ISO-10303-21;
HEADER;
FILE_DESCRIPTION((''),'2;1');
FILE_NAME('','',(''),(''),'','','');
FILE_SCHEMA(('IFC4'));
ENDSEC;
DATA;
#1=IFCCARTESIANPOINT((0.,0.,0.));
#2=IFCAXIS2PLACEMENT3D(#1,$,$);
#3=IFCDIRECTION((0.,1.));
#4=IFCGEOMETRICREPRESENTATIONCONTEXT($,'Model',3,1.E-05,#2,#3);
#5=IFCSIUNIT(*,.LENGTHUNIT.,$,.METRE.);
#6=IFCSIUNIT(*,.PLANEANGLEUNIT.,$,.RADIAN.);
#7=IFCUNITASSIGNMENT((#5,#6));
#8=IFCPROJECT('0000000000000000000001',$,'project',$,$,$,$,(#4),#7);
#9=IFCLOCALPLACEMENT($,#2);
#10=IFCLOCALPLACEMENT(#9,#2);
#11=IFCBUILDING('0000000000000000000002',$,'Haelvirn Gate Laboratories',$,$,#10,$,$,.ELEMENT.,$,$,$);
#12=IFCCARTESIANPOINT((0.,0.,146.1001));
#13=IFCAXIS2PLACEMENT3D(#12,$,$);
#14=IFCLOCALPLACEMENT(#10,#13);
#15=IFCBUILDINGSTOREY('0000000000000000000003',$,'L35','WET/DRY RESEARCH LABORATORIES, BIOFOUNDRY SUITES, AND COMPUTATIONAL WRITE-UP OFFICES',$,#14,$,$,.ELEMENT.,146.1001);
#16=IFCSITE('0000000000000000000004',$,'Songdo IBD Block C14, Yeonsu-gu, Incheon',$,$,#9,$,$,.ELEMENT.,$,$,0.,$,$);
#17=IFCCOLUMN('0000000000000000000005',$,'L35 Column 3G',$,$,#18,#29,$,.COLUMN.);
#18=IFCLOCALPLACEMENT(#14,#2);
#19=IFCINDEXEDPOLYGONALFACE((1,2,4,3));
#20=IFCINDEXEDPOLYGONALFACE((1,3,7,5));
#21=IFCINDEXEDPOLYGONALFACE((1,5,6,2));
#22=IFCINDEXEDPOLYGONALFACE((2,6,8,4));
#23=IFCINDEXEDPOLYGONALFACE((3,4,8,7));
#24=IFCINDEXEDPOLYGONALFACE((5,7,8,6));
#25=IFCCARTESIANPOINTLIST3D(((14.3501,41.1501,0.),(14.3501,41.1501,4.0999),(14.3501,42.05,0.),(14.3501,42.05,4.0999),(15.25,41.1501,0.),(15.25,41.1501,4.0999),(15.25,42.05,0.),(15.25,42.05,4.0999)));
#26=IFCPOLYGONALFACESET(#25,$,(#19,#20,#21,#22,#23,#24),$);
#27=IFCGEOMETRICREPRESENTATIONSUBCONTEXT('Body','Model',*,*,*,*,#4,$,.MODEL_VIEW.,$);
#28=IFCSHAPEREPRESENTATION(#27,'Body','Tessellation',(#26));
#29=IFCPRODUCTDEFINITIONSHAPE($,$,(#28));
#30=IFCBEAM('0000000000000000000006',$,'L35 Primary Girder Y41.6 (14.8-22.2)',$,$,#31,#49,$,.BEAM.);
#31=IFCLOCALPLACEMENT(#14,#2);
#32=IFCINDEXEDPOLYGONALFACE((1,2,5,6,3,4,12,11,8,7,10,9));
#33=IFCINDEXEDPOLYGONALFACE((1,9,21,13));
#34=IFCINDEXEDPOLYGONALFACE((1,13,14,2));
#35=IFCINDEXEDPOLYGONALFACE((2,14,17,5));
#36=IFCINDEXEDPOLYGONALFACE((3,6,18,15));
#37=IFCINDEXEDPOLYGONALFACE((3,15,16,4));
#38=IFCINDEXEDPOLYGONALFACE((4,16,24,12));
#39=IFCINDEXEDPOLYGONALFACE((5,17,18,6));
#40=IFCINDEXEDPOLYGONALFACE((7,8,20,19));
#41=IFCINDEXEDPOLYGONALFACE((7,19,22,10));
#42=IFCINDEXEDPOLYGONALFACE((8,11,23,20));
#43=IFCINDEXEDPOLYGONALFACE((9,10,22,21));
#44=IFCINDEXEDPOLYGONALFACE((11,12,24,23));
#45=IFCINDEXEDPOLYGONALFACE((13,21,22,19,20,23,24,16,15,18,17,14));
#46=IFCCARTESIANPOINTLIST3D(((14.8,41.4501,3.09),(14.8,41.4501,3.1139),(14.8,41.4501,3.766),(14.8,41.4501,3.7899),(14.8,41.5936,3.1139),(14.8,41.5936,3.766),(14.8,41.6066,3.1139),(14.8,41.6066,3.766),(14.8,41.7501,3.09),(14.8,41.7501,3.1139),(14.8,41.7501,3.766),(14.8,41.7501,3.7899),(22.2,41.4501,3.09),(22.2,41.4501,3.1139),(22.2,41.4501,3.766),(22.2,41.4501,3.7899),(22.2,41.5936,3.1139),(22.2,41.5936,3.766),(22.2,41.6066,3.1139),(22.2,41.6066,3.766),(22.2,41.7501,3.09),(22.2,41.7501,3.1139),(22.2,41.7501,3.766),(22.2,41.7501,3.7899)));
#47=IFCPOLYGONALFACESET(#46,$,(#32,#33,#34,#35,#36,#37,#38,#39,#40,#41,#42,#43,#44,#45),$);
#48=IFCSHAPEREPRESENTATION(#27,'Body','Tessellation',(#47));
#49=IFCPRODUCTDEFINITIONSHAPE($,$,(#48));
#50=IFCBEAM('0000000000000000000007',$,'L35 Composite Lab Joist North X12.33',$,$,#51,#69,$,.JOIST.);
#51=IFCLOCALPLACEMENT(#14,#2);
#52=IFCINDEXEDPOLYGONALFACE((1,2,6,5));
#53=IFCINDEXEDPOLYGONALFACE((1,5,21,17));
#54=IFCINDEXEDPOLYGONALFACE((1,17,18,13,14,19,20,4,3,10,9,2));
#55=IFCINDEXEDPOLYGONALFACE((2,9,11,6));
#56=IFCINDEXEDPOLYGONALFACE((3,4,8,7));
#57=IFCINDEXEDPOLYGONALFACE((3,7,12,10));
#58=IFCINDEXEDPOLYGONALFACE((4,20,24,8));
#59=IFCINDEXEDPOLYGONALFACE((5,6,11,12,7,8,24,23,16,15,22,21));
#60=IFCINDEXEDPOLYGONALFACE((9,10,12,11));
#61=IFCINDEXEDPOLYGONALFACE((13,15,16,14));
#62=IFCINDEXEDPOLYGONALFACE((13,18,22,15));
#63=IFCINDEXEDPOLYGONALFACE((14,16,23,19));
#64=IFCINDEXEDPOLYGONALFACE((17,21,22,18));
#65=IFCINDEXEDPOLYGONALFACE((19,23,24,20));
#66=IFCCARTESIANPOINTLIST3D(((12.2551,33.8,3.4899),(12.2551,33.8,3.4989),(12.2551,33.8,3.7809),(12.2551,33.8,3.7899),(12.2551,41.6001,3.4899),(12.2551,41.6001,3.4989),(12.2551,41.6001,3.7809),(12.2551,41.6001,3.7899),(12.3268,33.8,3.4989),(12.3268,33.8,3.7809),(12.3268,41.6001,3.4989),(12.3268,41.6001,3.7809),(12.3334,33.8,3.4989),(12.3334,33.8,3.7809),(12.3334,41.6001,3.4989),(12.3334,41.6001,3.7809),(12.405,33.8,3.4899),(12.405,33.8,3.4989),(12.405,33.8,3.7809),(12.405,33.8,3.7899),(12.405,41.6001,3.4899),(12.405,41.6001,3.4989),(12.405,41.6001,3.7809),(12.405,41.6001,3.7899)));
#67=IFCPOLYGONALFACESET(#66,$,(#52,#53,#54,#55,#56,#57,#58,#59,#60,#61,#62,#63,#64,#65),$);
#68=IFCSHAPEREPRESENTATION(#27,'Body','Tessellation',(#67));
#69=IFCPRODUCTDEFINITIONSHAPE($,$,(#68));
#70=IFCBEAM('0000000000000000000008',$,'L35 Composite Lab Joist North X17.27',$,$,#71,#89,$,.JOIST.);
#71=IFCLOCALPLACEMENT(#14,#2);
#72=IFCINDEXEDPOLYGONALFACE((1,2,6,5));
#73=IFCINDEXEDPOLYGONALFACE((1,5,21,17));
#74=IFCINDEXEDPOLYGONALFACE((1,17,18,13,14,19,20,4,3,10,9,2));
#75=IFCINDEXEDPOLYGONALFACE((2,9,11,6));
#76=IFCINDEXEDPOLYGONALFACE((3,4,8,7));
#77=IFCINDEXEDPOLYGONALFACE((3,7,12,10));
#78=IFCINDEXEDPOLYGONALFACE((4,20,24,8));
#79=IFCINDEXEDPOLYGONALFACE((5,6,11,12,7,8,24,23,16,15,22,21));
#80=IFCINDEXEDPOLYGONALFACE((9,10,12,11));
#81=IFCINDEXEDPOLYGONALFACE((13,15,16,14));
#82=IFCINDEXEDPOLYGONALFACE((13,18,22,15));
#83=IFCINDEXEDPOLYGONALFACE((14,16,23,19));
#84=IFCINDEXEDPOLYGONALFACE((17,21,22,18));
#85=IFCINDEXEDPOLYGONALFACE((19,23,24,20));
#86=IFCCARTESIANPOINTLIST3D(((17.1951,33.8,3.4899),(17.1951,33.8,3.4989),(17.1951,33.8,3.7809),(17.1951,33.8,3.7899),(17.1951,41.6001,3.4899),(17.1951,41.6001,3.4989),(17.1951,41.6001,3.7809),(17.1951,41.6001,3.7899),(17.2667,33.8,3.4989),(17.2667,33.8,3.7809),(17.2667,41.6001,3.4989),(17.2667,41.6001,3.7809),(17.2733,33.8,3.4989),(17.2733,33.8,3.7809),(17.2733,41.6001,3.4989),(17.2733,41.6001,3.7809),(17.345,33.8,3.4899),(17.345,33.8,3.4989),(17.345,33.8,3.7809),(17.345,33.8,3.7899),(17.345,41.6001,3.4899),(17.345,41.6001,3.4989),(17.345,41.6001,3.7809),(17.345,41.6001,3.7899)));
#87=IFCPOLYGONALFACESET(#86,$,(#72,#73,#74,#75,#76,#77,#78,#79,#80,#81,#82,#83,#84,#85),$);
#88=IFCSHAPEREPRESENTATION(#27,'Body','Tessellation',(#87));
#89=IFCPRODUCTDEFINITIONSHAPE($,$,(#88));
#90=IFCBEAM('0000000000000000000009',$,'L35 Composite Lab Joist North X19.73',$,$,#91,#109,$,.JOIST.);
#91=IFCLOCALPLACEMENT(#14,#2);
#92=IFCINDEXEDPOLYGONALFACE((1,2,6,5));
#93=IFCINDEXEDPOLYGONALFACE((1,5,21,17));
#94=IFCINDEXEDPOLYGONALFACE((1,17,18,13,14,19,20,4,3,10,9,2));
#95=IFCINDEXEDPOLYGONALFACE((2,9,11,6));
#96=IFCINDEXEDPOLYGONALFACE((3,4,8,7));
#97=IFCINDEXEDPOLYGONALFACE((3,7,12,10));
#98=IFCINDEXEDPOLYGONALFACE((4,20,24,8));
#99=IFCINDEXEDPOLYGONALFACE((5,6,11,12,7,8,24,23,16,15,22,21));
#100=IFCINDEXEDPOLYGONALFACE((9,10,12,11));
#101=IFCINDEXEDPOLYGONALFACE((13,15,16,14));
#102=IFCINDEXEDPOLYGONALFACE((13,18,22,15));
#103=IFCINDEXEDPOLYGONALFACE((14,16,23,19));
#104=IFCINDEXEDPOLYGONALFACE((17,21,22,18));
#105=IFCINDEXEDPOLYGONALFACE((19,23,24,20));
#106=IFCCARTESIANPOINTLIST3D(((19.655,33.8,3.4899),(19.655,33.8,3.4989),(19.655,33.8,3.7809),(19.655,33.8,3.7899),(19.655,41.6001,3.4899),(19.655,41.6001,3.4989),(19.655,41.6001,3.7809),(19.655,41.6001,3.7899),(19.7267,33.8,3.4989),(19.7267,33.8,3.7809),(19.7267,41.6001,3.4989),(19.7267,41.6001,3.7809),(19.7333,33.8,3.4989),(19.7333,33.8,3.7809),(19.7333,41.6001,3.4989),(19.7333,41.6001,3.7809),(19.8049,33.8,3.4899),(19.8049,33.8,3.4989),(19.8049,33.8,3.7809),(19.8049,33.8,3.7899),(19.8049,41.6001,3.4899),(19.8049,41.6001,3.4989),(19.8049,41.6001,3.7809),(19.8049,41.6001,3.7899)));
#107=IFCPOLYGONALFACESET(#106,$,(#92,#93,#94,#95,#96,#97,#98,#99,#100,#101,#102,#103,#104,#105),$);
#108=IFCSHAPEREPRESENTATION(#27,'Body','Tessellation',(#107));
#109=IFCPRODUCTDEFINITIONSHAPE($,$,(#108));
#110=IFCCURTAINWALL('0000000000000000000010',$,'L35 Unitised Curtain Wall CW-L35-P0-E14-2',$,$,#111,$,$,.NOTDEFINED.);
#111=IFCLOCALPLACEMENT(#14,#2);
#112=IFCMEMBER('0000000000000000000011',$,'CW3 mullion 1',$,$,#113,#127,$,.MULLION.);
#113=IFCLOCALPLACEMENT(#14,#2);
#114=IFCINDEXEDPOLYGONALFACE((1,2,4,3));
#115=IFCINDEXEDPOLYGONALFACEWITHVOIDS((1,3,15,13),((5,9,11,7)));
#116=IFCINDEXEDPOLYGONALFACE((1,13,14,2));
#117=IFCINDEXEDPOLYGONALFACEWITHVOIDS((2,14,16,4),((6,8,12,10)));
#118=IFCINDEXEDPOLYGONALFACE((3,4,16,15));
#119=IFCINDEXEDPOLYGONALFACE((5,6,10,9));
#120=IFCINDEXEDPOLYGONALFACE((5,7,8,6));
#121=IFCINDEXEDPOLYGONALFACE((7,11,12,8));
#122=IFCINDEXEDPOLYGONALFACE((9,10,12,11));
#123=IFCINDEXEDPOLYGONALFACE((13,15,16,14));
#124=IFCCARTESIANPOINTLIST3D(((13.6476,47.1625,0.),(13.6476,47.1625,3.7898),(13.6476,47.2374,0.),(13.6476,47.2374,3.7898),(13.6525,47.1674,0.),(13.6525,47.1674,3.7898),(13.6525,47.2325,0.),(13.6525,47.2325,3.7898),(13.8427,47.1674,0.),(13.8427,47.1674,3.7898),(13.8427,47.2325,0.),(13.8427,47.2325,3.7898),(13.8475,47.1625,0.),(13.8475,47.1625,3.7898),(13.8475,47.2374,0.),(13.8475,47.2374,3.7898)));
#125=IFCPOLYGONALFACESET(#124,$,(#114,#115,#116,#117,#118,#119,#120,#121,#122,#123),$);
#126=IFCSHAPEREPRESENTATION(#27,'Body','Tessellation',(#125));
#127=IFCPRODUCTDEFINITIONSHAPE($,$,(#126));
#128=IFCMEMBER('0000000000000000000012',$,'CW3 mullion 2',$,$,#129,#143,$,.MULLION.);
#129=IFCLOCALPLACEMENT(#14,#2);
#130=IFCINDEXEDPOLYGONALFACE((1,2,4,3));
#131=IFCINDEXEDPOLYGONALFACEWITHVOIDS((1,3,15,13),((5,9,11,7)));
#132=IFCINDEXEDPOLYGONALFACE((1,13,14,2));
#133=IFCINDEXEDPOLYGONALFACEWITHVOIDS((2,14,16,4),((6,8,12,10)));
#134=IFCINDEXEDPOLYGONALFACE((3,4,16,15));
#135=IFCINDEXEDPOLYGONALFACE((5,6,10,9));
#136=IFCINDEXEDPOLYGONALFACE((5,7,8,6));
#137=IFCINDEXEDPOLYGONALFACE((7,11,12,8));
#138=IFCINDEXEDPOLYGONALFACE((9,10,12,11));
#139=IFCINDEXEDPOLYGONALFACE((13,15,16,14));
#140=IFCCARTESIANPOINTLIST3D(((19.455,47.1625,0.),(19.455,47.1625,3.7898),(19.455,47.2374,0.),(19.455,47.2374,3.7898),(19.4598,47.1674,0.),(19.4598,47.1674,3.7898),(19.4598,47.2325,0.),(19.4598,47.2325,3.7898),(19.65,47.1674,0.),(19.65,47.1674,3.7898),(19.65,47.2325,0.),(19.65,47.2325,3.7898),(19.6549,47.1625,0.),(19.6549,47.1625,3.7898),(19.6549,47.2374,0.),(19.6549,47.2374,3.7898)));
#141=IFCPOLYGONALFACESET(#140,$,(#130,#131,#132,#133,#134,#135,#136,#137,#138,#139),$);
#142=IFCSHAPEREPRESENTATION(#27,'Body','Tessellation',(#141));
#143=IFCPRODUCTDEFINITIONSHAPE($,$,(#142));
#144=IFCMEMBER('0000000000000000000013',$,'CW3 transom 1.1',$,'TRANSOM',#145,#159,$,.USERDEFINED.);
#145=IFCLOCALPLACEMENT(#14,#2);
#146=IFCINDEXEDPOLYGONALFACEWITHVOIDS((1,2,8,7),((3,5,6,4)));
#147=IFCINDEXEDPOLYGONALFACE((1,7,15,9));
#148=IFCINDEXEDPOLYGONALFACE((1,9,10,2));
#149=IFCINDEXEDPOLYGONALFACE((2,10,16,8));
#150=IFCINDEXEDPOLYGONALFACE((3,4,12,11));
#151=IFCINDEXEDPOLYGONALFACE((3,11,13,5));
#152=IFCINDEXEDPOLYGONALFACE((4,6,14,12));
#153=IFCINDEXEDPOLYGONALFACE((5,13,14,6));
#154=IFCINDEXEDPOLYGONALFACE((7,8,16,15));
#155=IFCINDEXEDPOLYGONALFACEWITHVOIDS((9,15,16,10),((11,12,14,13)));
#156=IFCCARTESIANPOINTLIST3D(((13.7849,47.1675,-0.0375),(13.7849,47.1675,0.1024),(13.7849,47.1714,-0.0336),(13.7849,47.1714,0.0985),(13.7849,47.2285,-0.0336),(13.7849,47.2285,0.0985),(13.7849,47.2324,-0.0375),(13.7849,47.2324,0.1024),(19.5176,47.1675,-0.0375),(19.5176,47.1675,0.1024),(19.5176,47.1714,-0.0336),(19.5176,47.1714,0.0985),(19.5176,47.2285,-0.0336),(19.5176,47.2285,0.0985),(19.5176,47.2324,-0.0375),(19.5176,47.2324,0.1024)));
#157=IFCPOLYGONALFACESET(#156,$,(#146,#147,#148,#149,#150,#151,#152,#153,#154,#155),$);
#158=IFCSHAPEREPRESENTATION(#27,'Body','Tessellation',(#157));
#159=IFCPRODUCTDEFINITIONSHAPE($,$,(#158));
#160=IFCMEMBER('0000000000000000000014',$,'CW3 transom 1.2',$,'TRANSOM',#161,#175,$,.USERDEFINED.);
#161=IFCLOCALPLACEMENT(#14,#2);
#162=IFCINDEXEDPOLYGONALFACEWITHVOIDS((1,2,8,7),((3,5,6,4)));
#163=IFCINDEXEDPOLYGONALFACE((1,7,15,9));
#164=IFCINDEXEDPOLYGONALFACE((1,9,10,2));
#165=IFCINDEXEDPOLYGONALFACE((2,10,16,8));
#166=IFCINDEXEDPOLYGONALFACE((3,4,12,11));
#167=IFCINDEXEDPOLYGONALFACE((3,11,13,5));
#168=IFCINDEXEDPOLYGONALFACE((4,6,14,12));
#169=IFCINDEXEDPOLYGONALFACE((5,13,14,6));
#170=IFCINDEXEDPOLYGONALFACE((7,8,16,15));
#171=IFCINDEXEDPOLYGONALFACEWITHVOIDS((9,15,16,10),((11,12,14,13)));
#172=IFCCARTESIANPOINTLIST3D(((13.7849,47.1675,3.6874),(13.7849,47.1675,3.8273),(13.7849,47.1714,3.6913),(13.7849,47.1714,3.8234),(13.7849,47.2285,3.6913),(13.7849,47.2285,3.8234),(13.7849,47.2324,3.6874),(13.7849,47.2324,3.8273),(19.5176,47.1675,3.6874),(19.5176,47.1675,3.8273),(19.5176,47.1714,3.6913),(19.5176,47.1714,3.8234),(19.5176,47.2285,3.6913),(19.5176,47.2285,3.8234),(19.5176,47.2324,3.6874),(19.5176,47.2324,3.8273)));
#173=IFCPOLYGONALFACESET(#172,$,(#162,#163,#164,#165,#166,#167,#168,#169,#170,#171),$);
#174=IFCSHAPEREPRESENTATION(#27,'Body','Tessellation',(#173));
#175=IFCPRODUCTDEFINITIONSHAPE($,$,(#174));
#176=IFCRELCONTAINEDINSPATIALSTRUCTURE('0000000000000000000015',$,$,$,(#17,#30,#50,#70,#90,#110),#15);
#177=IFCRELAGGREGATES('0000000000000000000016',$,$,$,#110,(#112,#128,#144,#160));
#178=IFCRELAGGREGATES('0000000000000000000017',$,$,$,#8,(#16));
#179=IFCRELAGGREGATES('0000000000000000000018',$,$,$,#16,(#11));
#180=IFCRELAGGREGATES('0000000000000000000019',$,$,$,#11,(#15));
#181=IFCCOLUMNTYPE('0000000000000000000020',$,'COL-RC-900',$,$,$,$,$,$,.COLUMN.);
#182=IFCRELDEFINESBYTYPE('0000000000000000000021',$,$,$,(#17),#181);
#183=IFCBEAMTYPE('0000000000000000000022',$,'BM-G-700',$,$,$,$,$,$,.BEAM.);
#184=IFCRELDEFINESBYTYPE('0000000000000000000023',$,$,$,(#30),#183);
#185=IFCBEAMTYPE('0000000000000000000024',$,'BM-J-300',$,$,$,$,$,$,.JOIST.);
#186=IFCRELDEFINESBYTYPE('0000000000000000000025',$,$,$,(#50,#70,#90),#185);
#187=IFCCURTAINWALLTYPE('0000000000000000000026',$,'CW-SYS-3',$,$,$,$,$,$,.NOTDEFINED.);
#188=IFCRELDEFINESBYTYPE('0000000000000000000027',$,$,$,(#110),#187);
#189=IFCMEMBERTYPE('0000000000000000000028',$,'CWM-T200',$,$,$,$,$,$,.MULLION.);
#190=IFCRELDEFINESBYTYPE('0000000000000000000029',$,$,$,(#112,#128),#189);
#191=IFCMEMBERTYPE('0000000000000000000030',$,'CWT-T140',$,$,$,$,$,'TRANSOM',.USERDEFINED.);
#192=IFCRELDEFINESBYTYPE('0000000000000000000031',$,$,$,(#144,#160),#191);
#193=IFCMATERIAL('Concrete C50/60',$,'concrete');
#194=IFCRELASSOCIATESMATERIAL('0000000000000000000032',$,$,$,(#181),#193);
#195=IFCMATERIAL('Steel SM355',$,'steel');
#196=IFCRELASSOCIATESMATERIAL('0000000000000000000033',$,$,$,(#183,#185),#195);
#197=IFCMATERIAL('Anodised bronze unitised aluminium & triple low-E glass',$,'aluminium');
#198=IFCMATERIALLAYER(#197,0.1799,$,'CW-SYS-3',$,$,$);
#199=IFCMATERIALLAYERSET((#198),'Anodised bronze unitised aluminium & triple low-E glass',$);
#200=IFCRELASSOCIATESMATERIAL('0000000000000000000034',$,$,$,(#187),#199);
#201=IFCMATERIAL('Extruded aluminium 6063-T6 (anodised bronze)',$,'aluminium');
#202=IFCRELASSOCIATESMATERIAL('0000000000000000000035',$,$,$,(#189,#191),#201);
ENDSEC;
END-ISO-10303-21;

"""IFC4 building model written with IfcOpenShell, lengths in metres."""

from ifc_helpers import new_model, si_unit, direction, frame, origin, origin_2d, place, context, subcontext, project, spatial, rectangle, hollow_rectangle, i_section, extrude, source, transform, mapped, material, layer, layer_set, material_profile, profile_set, type_object, type_shapes, element, aggregate, save


model = new_model("IFC4")

# Units and contexts
model_context = context("Model", 3, precision=1e-05, world=origin(), true_north=direction((0.0, 1.0)))
body_context = subcontext(model_context, "Body", "Model", "MODEL_VIEW")
ifc_project = project(units=[si_unit("LENGTHUNIT", "METRE"), si_unit("PLANEANGLEUNIT", "RADIAN")], contexts=[model_context])

# Site, building, storey
site_placement = place(None, origin())
site = spatial("IfcSite", under=ifc_project, at=site_placement, Name="Songdo IBD Block C14, Yeonsu-gu, Incheon", CompositionType="ELEMENT", RefElevation=0.0)
building_placement = place(site_placement, origin())
building = spatial("IfcBuilding", under=site, at=building_placement, Name="Haelvirn Gate Laboratories", CompositionType="ELEMENT")
storey_placement = place(building_placement, frame((0.0, 0.0, 146.1001)))
storey = spatial("IfcBuildingStorey", under=building, at=storey_placement, Name="L35", Description="WET/DRY RESEARCH LABORATORIES, BIOFOUNDRY SUITES, AND COMPUTATIONAL WRITE-UP OFFICES", CompositionType="ELEMENT", Elevation=146.1001)

# Column
ifc_material_1 = material(Name="Concrete C50/60", Category="concrete")
ifc_material_profile_1 = material_profile(ifc_material_1, rectangle(XDim=0.8999, YDim=0.8999, at=origin_2d()), Name="RC-900x900")
ifc_profile_set_1 = profile_set([ifc_material_profile_1], Name="Concrete C50/60")
column_type = type_object("IfcColumnType", Name="COL-RC-900", PredefinedType="COLUMN", material=ifc_profile_set_1)
shared_shape_1 = source(origin(), body_context, "Body", "SweptSolid", [
    extrude(rectangle(XDim=0.8999, YDim=0.8999, at=origin_2d()), origin(), (0.0, 0.0, 1.0), 4.0999),
])
type_shapes(column_type, [shared_shape_1])
column_placement = place(storey_placement, frame((14.8, 41.6001, 0.0), z_axis=(0.0, 0.0, 1.0), x_axis=(1.0, 0.0, 0.0)))
element("IfcColumn", 1, at=column_placement, inside=storey, type_object=column_type, Name="L35 Column 3G", PredefinedType="COLUMN", context=body_context, shape_type="MappedRepresentation", body=[
    mapped(shared_shape_1, transform((0.0, 0.0, 0.0), scale=1.0)),
])

# Beams
ifc_material_2 = material(Name="Steel SM355", Category="steel")
ifc_material_profile_2 = material_profile(ifc_material_2, i_section(OverallWidth=0.3, OverallDepth=0.7, WebThickness=0.0129, FlangeThickness=0.0239, at=origin_2d()), Name="H-700x300x13x24")
ifc_profile_set_2 = profile_set([ifc_material_profile_2], Name="Steel SM355")
beam_type_1 = type_object("IfcBeamType", Name="BM-G-700", PredefinedType="BEAM", material=ifc_profile_set_2)
shared_shape_2 = source(origin(), body_context, "Body", "SweptSolid", [
    extrude(i_section(OverallWidth=0.3, OverallDepth=0.7, WebThickness=0.0129, FlangeThickness=0.0239, at=origin_2d()), origin(), (0.0, 0.0, 1.0), 7.3999),
])
type_shapes(beam_type_1, [shared_shape_2])
beam_placement = place(storey_placement, frame((14.8, 41.6001, 3.4399), z_axis=(1.0, 0.0, 0.0), x_axis=(0.0, 1.0, 0.0)))
element("IfcBeam", 2, at=beam_placement, inside=storey, type_object=beam_type_1, Name="L35 Primary Girder Y41.6 (14.8-22.2)", PredefinedType="BEAM", context=body_context, shape_type="MappedRepresentation", body=[
    mapped(shared_shape_2, transform((0.0, 0.0, 0.0), scale=1.0)),
])
ifc_material_profile_3 = material_profile(ifc_material_2, i_section(OverallWidth=0.1499, OverallDepth=0.3, WebThickness=0.0066, FlangeThickness=0.009, at=origin_2d()), Name="H-300x150x6.5x9")
ifc_profile_set_3 = profile_set([ifc_material_profile_3], Name="Steel SM355")
beam_type_2 = type_object("IfcBeamType", Name="BM-J-300", PredefinedType="JOIST", material=ifc_profile_set_3)
shared_shape_3 = source(origin(), body_context, "Body", "SweptSolid", [
    extrude(i_section(OverallWidth=0.1499, OverallDepth=0.3, WebThickness=0.0066, FlangeThickness=0.009, at=origin_2d()), origin(), (0.0, 0.0, 1.0), 7.8),
])
type_shapes(beam_type_2, [shared_shape_3])
for number, where, z_axis, x_axis, name in (
    (3, (12.3301, 33.8, 3.6399), (0.0, 1.0, 0.0), (-1.0, 0.0, 0.0), "L35 Composite Lab Joist North X12.33"),
    (4, (17.27, 33.8, 3.6399), (0.0, 1.0, 0.0), (-1.0, 0.0, 0.0), "L35 Composite Lab Joist North X17.27"),
    (5, (19.73, 33.8, 3.6399), (0.0, 1.0, 0.0), (-1.0, 0.0, 0.0), "L35 Composite Lab Joist North X19.73"),
):
    element("IfcBeam", number, at=place(storey_placement, frame(where, z_axis=z_axis, x_axis=x_axis)), inside=storey, type_object=beam_type_2, Name=name, PredefinedType="JOIST", context=body_context, shape_type="MappedRepresentation", body=[
        mapped(shared_shape_3, transform((0.0, 0.0, 0.0), scale=1.0)),
    ])

# Curtain wall, members
ifc_material_3 = material(Name="Anodised bronze unitised aluminium & triple low-E glass", Category="aluminium")
ifc_layer_1 = layer(ifc_material_3, 0.1799, Name="CW-SYS-3")
ifc_layer_set_1 = layer_set([ifc_layer_1], Name="Anodised bronze unitised aluminium & triple low-E glass")
curtain_wall_type = type_object("IfcCurtainWallType", Name="CW-SYS-3", PredefinedType="NOTDEFINED", material=ifc_layer_set_1)
curtain_wall_placement = place(storey_placement, origin())
curtain_wall = element("IfcCurtainWall", 6, at=curtain_wall_placement, inside=storey, type_object=curtain_wall_type, Name="L35 Unitised Curtain Wall CW-L35-P0-E14-2", PredefinedType="NOTDEFINED")
ifc_material_4 = material(Name="Extruded aluminium 6063-T6 (anodised bronze)", Category="aluminium")
ifc_material_profile_4 = material_profile(ifc_material_4, hollow_rectangle(XDim=0.075, YDim=0.2, WallThickness=0.0049, at=origin_2d()), Name="CWM-200x75x5")
ifc_profile_set_4 = profile_set([ifc_material_profile_4], Name="Extruded aluminium 6063-T6 (anodised bronze)")
member_type_1 = type_object("IfcMemberType", Name="CWM-T200", PredefinedType="MULLION", material=ifc_profile_set_4)
shared_shape_4 = source(origin(), body_context, "Body", "SweptSolid", [
    extrude(hollow_rectangle(XDim=0.075, YDim=0.2, WallThickness=0.0049, at=origin_2d()), origin(), (0.0, 0.0, 1.0), 3.7898),
])
type_shapes(member_type_1, [shared_shape_4])
member_1_placement = place(storey_placement, frame((13.7476, 47.2, 0.0), z_axis=(0.0, 0.0, 1.0), x_axis=(0.0, 1.0, 0.0)))
member_1 = element("IfcMember", 7, at=member_1_placement, type_object=member_type_1, Name="CW3 mullion 1", PredefinedType="MULLION", context=body_context, shape_type="MappedRepresentation", body=[
    mapped(shared_shape_4, transform((0.0, 0.0, 0.0), scale=1.0)),
])
member_2_placement = place(storey_placement, frame((19.5549, 47.2, 0.0), z_axis=(0.0, 0.0, 1.0), x_axis=(0.0, 1.0, 0.0)))
member_2 = element("IfcMember", 8, at=member_2_placement, type_object=member_type_1, Name="CW3 mullion 2", PredefinedType="MULLION", context=body_context, shape_type="MappedRepresentation", body=[
    mapped(shared_shape_4, transform((0.0, 0.0, 0.0), scale=1.0)),
])
ifc_material_profile_5 = material_profile(ifc_material_4, hollow_rectangle(XDim=0.0649, YDim=0.1399, WallThickness=0.0039, at=origin_2d()), Name="CWT-140x65x4")
ifc_profile_set_5 = profile_set([ifc_material_profile_5], Name="Extruded aluminium 6063-T6 (anodised bronze)")
member_type_2 = type_object("IfcMemberType", Name="CWT-T140", ElementType="TRANSOM", PredefinedType="USERDEFINED", material=ifc_profile_set_5)
shared_shape_5 = source(origin(), body_context, "Body", "SweptSolid", [
    extrude(hollow_rectangle(XDim=0.0649, YDim=0.1399, WallThickness=0.0039, at=origin_2d()), origin(), (0.0, 0.0, 1.0), 5.7327),
])
member_3_placement = place(storey_placement, frame((13.7849, 47.2, 0.0325), z_axis=(1.0, 0.0, 0.0), x_axis=(0.0, 1.0, 0.0)))
member_3 = element("IfcMember", 9, at=member_3_placement, type_object=member_type_2, Name="CW3 transom 1.1", ObjectType="TRANSOM", PredefinedType="USERDEFINED", context=body_context, shape_type="MappedRepresentation", body=[
    mapped(shared_shape_5, transform((0.0, 0.0, 0.0), scale=1.0)),
])
member_4_placement = place(storey_placement, frame((13.7849, 47.2, 3.7573), z_axis=(1.0, 0.0, 0.0), x_axis=(0.0, 1.0, 0.0)))
member_4 = element("IfcMember", 10, at=member_4_placement, type_object=member_type_2, Name="CW3 transom 1.2", ObjectType="TRANSOM", PredefinedType="USERDEFINED", context=body_context, shape_type="MappedRepresentation", body=[
    mapped(shared_shape_5, transform((0.0, 0.0, 0.0), scale=1.0)),
])
aggregate(curtain_wall, [member_1, member_2, member_3, member_4])

save(model, "model.ifc")
